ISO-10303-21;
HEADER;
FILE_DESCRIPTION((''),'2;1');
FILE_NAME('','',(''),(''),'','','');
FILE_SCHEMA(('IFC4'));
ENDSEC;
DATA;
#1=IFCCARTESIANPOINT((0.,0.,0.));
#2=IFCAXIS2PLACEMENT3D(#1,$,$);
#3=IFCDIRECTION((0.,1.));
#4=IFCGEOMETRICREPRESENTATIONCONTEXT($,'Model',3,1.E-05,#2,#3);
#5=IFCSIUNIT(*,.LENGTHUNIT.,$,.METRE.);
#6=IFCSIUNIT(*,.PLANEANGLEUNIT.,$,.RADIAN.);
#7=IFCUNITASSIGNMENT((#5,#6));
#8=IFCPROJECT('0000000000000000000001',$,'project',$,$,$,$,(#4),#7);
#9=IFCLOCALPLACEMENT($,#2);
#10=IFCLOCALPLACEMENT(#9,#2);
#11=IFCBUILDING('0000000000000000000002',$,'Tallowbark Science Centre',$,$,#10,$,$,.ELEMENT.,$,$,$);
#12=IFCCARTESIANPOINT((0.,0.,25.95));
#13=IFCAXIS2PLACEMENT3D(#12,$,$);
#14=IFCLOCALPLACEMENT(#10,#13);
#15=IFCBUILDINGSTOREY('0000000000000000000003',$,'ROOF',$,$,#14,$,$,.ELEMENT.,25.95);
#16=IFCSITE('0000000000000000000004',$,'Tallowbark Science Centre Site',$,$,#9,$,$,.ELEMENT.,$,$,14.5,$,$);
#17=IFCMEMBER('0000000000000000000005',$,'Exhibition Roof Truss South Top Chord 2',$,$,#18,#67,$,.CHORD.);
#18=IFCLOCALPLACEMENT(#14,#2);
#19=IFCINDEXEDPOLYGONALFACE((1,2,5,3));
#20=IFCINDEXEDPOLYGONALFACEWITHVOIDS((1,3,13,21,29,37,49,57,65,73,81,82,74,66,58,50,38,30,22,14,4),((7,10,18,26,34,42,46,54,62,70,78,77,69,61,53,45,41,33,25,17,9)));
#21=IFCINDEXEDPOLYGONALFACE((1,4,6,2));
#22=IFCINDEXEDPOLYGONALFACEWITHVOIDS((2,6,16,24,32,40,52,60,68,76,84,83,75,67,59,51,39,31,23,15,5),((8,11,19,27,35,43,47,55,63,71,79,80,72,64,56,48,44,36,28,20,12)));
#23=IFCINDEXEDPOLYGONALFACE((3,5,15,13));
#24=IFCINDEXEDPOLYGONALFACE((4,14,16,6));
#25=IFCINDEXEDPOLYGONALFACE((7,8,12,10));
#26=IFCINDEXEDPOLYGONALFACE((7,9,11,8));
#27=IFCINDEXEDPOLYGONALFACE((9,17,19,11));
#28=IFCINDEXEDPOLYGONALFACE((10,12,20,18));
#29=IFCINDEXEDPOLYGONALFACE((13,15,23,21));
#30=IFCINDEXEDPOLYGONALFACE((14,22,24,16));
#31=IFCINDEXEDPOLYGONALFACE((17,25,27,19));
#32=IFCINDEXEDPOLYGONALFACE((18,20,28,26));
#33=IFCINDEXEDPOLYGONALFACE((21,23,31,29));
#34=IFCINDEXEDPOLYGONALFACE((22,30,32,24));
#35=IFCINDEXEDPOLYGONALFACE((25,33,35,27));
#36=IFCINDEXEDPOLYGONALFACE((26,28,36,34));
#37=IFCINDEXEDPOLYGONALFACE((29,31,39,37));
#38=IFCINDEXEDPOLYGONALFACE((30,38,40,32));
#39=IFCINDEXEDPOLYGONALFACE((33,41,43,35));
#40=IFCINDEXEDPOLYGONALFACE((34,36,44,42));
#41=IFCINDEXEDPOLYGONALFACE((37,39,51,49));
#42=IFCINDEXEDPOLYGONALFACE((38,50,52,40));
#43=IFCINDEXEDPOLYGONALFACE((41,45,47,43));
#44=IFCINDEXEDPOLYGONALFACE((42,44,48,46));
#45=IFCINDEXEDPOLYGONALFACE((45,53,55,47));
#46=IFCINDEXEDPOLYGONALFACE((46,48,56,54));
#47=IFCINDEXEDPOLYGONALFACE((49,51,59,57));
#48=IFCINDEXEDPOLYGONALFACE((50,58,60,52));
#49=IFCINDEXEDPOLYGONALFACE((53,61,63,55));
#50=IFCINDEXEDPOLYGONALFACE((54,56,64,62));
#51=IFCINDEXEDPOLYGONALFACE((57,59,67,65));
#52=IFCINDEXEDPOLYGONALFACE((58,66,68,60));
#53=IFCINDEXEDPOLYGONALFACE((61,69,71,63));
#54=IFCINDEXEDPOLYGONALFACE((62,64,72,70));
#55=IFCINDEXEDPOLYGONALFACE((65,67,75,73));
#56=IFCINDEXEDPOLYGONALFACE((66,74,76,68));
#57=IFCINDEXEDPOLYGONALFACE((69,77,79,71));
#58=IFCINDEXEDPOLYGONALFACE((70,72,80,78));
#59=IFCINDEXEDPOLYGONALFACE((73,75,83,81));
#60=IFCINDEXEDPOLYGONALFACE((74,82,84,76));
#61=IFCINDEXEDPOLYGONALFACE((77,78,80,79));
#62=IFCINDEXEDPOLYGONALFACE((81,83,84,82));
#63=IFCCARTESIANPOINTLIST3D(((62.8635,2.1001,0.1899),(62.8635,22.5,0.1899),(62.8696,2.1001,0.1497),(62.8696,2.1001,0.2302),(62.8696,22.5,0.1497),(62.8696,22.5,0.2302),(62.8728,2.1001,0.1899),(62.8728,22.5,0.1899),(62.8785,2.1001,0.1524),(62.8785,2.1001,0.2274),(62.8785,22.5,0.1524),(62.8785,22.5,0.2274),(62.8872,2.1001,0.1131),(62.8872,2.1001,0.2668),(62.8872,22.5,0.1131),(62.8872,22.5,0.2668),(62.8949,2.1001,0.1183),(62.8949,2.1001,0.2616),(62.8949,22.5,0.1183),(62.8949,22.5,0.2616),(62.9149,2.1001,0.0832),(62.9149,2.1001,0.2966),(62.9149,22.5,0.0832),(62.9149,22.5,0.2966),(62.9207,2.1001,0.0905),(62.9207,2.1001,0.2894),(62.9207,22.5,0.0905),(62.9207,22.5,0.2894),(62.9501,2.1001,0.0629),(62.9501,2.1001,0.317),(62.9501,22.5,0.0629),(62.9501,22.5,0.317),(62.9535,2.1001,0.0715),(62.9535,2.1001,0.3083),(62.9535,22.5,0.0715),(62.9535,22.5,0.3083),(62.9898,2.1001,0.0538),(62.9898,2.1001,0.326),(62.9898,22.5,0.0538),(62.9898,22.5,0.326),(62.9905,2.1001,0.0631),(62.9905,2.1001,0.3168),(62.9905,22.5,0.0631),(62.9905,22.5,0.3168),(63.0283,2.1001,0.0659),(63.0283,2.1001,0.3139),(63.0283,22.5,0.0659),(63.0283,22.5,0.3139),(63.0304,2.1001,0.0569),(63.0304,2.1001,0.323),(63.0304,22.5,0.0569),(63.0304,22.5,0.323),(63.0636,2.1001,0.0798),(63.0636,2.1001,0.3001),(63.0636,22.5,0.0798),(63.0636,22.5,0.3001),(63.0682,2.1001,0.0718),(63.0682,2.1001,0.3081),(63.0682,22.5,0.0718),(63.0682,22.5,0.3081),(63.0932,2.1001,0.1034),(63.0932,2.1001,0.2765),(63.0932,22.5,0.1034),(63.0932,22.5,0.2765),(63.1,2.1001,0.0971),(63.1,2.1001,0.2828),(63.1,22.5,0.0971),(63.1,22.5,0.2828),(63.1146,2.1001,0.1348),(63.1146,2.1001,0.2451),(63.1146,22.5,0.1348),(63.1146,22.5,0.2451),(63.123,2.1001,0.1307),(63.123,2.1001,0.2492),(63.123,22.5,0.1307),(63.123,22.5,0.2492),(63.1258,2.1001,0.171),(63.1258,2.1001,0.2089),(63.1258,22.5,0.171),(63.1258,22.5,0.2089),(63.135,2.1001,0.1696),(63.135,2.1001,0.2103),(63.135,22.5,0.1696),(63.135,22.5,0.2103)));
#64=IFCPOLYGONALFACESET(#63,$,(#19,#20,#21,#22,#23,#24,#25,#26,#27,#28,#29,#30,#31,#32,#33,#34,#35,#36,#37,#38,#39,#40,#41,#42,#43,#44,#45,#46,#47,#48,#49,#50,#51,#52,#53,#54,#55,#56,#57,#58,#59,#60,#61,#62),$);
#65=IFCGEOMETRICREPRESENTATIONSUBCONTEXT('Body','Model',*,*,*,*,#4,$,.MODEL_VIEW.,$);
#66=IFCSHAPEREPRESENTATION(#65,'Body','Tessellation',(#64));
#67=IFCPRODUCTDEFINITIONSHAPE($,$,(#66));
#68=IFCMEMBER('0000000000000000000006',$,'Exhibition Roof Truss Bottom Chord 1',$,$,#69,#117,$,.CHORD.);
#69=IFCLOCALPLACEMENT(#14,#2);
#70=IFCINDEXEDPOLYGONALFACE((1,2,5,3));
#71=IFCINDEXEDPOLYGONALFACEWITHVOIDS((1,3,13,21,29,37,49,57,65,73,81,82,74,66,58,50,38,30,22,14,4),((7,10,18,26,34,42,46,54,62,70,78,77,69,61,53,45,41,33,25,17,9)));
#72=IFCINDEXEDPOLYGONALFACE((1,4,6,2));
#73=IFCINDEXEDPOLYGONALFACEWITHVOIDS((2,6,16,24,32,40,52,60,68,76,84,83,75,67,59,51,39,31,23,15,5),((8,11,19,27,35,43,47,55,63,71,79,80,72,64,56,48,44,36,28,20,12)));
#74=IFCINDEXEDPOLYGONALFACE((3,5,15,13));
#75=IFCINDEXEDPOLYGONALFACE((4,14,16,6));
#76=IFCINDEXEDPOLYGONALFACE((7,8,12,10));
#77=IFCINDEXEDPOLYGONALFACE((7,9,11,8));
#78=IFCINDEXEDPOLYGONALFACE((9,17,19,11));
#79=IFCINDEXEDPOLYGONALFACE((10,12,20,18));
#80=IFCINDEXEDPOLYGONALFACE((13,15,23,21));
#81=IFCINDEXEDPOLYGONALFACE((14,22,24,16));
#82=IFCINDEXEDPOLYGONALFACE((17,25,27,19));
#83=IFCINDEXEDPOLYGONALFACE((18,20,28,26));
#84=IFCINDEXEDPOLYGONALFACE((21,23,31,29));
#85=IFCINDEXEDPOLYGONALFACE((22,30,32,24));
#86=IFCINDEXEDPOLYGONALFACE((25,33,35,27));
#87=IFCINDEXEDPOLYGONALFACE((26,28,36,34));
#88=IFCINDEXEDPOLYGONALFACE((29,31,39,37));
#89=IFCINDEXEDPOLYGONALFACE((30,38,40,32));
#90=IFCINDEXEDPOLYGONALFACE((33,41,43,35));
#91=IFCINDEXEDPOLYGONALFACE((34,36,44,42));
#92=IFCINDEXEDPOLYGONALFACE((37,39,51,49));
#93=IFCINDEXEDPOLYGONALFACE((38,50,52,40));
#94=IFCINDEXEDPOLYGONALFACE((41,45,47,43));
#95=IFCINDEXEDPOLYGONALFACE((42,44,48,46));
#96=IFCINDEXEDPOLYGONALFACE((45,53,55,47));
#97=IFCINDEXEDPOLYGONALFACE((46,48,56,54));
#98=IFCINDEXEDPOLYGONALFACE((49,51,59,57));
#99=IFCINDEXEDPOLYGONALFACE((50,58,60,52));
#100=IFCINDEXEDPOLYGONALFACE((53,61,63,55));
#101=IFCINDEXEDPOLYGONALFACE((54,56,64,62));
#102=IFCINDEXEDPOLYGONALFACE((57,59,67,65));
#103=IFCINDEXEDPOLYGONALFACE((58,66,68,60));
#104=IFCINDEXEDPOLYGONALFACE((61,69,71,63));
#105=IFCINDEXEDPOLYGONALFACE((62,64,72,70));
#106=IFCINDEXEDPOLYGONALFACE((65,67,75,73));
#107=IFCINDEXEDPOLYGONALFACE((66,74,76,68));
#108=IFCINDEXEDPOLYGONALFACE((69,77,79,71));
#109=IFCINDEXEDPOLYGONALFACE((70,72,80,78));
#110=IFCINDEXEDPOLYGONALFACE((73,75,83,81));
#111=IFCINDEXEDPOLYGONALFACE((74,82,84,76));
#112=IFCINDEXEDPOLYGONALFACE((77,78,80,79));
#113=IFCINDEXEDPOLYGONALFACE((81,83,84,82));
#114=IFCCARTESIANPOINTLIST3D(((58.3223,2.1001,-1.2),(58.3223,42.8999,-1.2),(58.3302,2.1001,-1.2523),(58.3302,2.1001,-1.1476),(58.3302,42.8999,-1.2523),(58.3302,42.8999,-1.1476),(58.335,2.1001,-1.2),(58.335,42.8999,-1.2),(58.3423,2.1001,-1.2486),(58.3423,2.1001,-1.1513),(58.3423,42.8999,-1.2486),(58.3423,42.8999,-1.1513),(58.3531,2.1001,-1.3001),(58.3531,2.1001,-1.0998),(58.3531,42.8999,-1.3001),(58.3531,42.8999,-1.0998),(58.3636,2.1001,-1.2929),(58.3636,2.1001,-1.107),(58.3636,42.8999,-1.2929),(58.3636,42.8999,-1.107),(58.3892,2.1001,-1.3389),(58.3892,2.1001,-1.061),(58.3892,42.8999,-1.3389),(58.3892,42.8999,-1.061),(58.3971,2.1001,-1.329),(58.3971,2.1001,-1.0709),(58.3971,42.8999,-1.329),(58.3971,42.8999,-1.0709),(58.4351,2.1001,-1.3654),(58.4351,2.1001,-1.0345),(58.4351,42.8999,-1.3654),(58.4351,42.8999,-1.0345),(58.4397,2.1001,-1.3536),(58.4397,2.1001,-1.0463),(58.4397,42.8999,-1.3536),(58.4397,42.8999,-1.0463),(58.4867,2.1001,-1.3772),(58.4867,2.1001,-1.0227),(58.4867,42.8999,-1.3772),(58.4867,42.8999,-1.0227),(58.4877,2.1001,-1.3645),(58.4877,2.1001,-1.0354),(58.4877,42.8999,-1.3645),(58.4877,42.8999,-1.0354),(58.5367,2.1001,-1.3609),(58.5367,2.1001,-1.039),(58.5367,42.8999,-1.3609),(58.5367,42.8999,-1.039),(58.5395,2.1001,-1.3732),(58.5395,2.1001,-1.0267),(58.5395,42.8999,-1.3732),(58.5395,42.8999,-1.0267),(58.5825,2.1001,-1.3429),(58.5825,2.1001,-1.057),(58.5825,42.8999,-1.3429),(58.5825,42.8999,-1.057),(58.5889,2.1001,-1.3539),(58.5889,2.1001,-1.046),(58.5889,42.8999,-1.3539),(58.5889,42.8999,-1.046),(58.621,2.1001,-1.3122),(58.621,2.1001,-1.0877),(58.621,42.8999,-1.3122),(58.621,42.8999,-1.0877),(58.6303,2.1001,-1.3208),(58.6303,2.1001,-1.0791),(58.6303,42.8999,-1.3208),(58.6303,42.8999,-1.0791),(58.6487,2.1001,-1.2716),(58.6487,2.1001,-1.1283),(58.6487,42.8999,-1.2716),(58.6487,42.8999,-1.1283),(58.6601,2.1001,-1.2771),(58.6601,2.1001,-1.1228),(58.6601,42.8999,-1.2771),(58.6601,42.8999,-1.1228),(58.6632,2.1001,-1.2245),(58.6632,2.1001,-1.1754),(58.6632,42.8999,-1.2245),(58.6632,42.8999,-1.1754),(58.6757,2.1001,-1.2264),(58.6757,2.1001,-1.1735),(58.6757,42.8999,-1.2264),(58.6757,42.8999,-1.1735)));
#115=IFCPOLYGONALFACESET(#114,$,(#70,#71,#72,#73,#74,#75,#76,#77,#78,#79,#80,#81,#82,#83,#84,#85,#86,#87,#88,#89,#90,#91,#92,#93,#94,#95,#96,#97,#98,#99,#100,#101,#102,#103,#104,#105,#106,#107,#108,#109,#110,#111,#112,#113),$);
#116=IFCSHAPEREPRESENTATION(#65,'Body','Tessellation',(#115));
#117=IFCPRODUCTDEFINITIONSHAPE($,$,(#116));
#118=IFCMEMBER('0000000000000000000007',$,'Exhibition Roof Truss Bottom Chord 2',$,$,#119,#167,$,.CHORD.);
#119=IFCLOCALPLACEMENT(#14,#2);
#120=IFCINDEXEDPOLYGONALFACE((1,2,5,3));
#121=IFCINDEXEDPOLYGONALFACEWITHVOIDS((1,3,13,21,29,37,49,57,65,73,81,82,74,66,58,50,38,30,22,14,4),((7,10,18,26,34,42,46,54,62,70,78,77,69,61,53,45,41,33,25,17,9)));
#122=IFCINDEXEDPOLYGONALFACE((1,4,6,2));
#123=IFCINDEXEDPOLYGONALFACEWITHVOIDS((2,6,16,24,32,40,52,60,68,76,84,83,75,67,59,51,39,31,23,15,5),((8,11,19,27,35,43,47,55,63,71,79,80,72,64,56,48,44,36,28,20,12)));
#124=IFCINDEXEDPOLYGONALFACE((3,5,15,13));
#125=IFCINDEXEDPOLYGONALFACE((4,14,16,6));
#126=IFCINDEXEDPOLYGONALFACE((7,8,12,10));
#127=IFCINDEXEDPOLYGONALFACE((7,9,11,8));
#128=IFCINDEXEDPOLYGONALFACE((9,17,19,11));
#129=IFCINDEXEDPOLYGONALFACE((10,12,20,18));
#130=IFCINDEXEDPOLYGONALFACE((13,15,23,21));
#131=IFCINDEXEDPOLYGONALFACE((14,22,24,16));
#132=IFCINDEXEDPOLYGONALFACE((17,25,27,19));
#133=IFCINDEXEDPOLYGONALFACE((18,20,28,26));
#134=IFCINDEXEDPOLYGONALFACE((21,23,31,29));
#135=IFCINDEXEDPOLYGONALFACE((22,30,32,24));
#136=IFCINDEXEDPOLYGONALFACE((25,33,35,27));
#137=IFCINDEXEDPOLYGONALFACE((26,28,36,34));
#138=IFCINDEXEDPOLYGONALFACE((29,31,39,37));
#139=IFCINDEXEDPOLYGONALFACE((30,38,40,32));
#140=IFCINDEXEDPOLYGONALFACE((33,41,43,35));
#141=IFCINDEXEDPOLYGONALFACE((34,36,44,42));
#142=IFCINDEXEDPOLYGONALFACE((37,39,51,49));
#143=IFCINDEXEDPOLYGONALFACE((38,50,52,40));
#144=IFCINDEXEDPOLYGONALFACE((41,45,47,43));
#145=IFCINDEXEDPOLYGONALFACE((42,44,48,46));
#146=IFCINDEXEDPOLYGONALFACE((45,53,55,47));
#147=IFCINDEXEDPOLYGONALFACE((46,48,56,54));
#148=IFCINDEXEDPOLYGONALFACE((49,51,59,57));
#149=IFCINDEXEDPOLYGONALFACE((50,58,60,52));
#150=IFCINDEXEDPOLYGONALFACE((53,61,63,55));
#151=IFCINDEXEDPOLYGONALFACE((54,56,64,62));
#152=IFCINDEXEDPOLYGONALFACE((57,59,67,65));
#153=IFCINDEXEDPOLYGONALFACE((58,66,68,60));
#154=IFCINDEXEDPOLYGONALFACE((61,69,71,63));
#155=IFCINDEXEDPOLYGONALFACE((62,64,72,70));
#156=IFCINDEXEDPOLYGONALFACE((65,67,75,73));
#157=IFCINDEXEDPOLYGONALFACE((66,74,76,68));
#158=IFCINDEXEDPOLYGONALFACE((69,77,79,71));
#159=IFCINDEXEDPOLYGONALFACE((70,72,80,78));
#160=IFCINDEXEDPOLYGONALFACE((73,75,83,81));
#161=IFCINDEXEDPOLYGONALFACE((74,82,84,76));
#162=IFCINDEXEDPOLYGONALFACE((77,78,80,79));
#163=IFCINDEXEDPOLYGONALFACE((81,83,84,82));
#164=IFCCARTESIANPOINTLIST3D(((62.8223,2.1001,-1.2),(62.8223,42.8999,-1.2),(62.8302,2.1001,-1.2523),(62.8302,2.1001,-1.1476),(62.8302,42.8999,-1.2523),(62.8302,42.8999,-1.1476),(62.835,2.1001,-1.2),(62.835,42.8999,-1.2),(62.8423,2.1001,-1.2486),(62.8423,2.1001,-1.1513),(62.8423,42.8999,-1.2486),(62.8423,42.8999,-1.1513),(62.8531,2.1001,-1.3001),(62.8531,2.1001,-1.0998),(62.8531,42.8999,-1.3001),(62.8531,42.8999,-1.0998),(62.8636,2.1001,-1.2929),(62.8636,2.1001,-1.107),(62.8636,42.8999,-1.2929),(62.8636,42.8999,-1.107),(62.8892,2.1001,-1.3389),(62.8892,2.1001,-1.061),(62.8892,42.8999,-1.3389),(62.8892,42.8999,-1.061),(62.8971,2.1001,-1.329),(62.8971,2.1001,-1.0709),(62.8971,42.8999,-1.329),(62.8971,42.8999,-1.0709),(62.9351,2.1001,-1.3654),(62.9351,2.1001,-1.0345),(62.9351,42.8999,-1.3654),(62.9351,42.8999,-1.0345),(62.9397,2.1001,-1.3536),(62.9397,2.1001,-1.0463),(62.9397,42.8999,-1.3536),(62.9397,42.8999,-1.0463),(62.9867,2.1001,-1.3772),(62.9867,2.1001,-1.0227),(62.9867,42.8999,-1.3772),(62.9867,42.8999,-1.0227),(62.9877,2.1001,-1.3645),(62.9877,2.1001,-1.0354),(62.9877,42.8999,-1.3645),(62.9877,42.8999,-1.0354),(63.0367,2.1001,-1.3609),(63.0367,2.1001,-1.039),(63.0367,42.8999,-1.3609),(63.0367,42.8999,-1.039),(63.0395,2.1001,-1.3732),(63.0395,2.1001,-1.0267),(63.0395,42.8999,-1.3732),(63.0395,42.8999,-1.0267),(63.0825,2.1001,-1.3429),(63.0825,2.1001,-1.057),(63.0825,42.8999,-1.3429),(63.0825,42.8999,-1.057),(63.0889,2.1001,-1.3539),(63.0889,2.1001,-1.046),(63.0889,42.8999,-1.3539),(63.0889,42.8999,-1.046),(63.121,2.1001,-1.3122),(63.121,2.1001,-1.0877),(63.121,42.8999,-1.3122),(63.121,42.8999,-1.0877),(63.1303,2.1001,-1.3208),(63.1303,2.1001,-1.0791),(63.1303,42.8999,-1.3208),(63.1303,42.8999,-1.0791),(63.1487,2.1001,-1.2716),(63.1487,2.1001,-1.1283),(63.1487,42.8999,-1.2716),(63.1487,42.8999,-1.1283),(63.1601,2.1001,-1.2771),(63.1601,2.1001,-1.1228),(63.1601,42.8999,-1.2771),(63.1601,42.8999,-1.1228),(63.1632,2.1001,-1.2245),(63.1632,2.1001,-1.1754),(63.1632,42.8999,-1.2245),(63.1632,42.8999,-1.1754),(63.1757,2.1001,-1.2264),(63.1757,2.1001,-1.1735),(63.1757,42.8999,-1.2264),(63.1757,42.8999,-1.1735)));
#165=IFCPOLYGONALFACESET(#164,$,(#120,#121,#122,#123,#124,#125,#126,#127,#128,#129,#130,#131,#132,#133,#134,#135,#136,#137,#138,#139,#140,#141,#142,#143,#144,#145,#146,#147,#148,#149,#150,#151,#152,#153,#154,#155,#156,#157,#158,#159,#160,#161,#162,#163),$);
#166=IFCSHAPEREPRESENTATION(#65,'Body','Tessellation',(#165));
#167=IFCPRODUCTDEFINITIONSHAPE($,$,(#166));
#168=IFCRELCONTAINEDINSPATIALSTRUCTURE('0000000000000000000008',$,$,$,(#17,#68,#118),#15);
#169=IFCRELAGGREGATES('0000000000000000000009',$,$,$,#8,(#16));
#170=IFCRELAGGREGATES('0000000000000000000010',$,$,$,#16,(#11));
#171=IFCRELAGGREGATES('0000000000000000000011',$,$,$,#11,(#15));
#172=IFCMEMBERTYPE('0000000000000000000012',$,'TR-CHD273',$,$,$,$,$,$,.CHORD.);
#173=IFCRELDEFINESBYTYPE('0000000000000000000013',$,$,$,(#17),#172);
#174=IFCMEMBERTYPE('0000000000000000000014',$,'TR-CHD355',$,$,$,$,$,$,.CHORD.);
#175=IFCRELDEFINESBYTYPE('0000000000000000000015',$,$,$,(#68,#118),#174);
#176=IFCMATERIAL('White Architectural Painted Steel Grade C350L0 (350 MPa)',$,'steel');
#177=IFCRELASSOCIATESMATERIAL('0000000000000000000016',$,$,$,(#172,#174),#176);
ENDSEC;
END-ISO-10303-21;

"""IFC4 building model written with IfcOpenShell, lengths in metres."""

from ifc_helpers import new_model, si_unit, direction, frame, origin, origin_2d, place, context, subcontext, project, spatial, hollow_circle, extrude, material, material_profile, profile_set, type_object, element, save


model = new_model("IFC4")

# Units and contexts
model_context = context("Model", 3, precision=1e-05, world=origin(), true_north=direction((0.0, 1.0)))
body_context = subcontext(model_context, "Body", "Model", "MODEL_VIEW")
ifc_project = project(units=[si_unit("LENGTHUNIT", "METRE"), si_unit("PLANEANGLEUNIT", "RADIAN")], contexts=[model_context])

# Site, building, storey
site_placement = place(None, origin())
site = spatial("IfcSite", under=ifc_project, at=site_placement, Name="Tallowbark Science Centre Site", CompositionType="ELEMENT", RefElevation=14.5)
building_placement = place(site_placement, origin())
building = spatial("IfcBuilding", under=site, at=building_placement, Name="Tallowbark Science Centre", CompositionType="ELEMENT")
storey_placement = place(building_placement, frame((0.0, 0.0, 25.95)))
storey = spatial("IfcBuildingStorey", under=building, at=storey_placement, Name="ROOF", CompositionType="ELEMENT", Elevation=25.95)

# Shared definitions
ifc_material_1 = material(Name="White Architectural Painted Steel Grade C350L0 (350 MPa)", Category="steel")

# Members
ifc_material_profile_1 = material_profile(ifc_material_1, hollow_circle(Radius=0.1365, WallThickness=0.0093, at=origin_2d()), Name="273.1x9.3CHS")
ifc_profile_set_1 = profile_set([ifc_material_profile_1], Name="White Architectural Painted Steel Grade C350L0 (350 MPa)")
member_type_1 = type_object("IfcMemberType", Name="TR-CHD273", PredefinedType="CHORD", material=ifc_profile_set_1)
for number, where, z_axis, x_axis, name in (
    (1, (63.0, 2.1001, 0.1899), (0.0, 1.0, 0.0), (-1.0, 0.0, 0.0), "Exhibition Roof Truss South Top Chord 2"),
):
    element("IfcMember", number, at=place(storey_placement, frame(where, z_axis=z_axis, x_axis=x_axis)), inside=storey, type_object=member_type_1, Name=name, PredefinedType="CHORD", context=body_context, shape_type="SweptSolid", body=[
        extrude(hollow_circle(Radius=0.1365, WallThickness=0.0093, at=origin_2d()), origin(), (0.0, 0.0, 1.0), 20.3999),
    ])
ifc_material_profile_2 = material_profile(ifc_material_1, hollow_circle(Radius=0.1777, WallThickness=0.0127, at=origin_2d()), Name="355.6x12.7CHS")
ifc_profile_set_2 = profile_set([ifc_material_profile_2], Name="White Architectural Painted Steel Grade C350L0 (350 MPa)")
member_type_2 = type_object("IfcMemberType", Name="TR-CHD355", PredefinedType="CHORD", material=ifc_profile_set_2)
for number, where, z_axis, x_axis, name in (
    (2, (58.5, 2.1001, -1.2), (0.0, 1.0, 0.0), (-1.0, 0.0, 0.0), "Exhibition Roof Truss Bottom Chord 1"),
    (3, (63.0, 2.1001, -1.2), (0.0, 1.0, 0.0), (-1.0, 0.0, 0.0), "Exhibition Roof Truss Bottom Chord 2"),
):
    element("IfcMember", number, at=place(storey_placement, frame(where, z_axis=z_axis, x_axis=x_axis)), inside=storey, type_object=member_type_2, Name=name, PredefinedType="CHORD", context=body_context, shape_type="SweptSolid", body=[
        extrude(hollow_circle(Radius=0.1777, WallThickness=0.0127, at=origin_2d()), origin(), (0.0, 0.0, 1.0), 40.7998),
    ])

save(model, "model.ifc")
